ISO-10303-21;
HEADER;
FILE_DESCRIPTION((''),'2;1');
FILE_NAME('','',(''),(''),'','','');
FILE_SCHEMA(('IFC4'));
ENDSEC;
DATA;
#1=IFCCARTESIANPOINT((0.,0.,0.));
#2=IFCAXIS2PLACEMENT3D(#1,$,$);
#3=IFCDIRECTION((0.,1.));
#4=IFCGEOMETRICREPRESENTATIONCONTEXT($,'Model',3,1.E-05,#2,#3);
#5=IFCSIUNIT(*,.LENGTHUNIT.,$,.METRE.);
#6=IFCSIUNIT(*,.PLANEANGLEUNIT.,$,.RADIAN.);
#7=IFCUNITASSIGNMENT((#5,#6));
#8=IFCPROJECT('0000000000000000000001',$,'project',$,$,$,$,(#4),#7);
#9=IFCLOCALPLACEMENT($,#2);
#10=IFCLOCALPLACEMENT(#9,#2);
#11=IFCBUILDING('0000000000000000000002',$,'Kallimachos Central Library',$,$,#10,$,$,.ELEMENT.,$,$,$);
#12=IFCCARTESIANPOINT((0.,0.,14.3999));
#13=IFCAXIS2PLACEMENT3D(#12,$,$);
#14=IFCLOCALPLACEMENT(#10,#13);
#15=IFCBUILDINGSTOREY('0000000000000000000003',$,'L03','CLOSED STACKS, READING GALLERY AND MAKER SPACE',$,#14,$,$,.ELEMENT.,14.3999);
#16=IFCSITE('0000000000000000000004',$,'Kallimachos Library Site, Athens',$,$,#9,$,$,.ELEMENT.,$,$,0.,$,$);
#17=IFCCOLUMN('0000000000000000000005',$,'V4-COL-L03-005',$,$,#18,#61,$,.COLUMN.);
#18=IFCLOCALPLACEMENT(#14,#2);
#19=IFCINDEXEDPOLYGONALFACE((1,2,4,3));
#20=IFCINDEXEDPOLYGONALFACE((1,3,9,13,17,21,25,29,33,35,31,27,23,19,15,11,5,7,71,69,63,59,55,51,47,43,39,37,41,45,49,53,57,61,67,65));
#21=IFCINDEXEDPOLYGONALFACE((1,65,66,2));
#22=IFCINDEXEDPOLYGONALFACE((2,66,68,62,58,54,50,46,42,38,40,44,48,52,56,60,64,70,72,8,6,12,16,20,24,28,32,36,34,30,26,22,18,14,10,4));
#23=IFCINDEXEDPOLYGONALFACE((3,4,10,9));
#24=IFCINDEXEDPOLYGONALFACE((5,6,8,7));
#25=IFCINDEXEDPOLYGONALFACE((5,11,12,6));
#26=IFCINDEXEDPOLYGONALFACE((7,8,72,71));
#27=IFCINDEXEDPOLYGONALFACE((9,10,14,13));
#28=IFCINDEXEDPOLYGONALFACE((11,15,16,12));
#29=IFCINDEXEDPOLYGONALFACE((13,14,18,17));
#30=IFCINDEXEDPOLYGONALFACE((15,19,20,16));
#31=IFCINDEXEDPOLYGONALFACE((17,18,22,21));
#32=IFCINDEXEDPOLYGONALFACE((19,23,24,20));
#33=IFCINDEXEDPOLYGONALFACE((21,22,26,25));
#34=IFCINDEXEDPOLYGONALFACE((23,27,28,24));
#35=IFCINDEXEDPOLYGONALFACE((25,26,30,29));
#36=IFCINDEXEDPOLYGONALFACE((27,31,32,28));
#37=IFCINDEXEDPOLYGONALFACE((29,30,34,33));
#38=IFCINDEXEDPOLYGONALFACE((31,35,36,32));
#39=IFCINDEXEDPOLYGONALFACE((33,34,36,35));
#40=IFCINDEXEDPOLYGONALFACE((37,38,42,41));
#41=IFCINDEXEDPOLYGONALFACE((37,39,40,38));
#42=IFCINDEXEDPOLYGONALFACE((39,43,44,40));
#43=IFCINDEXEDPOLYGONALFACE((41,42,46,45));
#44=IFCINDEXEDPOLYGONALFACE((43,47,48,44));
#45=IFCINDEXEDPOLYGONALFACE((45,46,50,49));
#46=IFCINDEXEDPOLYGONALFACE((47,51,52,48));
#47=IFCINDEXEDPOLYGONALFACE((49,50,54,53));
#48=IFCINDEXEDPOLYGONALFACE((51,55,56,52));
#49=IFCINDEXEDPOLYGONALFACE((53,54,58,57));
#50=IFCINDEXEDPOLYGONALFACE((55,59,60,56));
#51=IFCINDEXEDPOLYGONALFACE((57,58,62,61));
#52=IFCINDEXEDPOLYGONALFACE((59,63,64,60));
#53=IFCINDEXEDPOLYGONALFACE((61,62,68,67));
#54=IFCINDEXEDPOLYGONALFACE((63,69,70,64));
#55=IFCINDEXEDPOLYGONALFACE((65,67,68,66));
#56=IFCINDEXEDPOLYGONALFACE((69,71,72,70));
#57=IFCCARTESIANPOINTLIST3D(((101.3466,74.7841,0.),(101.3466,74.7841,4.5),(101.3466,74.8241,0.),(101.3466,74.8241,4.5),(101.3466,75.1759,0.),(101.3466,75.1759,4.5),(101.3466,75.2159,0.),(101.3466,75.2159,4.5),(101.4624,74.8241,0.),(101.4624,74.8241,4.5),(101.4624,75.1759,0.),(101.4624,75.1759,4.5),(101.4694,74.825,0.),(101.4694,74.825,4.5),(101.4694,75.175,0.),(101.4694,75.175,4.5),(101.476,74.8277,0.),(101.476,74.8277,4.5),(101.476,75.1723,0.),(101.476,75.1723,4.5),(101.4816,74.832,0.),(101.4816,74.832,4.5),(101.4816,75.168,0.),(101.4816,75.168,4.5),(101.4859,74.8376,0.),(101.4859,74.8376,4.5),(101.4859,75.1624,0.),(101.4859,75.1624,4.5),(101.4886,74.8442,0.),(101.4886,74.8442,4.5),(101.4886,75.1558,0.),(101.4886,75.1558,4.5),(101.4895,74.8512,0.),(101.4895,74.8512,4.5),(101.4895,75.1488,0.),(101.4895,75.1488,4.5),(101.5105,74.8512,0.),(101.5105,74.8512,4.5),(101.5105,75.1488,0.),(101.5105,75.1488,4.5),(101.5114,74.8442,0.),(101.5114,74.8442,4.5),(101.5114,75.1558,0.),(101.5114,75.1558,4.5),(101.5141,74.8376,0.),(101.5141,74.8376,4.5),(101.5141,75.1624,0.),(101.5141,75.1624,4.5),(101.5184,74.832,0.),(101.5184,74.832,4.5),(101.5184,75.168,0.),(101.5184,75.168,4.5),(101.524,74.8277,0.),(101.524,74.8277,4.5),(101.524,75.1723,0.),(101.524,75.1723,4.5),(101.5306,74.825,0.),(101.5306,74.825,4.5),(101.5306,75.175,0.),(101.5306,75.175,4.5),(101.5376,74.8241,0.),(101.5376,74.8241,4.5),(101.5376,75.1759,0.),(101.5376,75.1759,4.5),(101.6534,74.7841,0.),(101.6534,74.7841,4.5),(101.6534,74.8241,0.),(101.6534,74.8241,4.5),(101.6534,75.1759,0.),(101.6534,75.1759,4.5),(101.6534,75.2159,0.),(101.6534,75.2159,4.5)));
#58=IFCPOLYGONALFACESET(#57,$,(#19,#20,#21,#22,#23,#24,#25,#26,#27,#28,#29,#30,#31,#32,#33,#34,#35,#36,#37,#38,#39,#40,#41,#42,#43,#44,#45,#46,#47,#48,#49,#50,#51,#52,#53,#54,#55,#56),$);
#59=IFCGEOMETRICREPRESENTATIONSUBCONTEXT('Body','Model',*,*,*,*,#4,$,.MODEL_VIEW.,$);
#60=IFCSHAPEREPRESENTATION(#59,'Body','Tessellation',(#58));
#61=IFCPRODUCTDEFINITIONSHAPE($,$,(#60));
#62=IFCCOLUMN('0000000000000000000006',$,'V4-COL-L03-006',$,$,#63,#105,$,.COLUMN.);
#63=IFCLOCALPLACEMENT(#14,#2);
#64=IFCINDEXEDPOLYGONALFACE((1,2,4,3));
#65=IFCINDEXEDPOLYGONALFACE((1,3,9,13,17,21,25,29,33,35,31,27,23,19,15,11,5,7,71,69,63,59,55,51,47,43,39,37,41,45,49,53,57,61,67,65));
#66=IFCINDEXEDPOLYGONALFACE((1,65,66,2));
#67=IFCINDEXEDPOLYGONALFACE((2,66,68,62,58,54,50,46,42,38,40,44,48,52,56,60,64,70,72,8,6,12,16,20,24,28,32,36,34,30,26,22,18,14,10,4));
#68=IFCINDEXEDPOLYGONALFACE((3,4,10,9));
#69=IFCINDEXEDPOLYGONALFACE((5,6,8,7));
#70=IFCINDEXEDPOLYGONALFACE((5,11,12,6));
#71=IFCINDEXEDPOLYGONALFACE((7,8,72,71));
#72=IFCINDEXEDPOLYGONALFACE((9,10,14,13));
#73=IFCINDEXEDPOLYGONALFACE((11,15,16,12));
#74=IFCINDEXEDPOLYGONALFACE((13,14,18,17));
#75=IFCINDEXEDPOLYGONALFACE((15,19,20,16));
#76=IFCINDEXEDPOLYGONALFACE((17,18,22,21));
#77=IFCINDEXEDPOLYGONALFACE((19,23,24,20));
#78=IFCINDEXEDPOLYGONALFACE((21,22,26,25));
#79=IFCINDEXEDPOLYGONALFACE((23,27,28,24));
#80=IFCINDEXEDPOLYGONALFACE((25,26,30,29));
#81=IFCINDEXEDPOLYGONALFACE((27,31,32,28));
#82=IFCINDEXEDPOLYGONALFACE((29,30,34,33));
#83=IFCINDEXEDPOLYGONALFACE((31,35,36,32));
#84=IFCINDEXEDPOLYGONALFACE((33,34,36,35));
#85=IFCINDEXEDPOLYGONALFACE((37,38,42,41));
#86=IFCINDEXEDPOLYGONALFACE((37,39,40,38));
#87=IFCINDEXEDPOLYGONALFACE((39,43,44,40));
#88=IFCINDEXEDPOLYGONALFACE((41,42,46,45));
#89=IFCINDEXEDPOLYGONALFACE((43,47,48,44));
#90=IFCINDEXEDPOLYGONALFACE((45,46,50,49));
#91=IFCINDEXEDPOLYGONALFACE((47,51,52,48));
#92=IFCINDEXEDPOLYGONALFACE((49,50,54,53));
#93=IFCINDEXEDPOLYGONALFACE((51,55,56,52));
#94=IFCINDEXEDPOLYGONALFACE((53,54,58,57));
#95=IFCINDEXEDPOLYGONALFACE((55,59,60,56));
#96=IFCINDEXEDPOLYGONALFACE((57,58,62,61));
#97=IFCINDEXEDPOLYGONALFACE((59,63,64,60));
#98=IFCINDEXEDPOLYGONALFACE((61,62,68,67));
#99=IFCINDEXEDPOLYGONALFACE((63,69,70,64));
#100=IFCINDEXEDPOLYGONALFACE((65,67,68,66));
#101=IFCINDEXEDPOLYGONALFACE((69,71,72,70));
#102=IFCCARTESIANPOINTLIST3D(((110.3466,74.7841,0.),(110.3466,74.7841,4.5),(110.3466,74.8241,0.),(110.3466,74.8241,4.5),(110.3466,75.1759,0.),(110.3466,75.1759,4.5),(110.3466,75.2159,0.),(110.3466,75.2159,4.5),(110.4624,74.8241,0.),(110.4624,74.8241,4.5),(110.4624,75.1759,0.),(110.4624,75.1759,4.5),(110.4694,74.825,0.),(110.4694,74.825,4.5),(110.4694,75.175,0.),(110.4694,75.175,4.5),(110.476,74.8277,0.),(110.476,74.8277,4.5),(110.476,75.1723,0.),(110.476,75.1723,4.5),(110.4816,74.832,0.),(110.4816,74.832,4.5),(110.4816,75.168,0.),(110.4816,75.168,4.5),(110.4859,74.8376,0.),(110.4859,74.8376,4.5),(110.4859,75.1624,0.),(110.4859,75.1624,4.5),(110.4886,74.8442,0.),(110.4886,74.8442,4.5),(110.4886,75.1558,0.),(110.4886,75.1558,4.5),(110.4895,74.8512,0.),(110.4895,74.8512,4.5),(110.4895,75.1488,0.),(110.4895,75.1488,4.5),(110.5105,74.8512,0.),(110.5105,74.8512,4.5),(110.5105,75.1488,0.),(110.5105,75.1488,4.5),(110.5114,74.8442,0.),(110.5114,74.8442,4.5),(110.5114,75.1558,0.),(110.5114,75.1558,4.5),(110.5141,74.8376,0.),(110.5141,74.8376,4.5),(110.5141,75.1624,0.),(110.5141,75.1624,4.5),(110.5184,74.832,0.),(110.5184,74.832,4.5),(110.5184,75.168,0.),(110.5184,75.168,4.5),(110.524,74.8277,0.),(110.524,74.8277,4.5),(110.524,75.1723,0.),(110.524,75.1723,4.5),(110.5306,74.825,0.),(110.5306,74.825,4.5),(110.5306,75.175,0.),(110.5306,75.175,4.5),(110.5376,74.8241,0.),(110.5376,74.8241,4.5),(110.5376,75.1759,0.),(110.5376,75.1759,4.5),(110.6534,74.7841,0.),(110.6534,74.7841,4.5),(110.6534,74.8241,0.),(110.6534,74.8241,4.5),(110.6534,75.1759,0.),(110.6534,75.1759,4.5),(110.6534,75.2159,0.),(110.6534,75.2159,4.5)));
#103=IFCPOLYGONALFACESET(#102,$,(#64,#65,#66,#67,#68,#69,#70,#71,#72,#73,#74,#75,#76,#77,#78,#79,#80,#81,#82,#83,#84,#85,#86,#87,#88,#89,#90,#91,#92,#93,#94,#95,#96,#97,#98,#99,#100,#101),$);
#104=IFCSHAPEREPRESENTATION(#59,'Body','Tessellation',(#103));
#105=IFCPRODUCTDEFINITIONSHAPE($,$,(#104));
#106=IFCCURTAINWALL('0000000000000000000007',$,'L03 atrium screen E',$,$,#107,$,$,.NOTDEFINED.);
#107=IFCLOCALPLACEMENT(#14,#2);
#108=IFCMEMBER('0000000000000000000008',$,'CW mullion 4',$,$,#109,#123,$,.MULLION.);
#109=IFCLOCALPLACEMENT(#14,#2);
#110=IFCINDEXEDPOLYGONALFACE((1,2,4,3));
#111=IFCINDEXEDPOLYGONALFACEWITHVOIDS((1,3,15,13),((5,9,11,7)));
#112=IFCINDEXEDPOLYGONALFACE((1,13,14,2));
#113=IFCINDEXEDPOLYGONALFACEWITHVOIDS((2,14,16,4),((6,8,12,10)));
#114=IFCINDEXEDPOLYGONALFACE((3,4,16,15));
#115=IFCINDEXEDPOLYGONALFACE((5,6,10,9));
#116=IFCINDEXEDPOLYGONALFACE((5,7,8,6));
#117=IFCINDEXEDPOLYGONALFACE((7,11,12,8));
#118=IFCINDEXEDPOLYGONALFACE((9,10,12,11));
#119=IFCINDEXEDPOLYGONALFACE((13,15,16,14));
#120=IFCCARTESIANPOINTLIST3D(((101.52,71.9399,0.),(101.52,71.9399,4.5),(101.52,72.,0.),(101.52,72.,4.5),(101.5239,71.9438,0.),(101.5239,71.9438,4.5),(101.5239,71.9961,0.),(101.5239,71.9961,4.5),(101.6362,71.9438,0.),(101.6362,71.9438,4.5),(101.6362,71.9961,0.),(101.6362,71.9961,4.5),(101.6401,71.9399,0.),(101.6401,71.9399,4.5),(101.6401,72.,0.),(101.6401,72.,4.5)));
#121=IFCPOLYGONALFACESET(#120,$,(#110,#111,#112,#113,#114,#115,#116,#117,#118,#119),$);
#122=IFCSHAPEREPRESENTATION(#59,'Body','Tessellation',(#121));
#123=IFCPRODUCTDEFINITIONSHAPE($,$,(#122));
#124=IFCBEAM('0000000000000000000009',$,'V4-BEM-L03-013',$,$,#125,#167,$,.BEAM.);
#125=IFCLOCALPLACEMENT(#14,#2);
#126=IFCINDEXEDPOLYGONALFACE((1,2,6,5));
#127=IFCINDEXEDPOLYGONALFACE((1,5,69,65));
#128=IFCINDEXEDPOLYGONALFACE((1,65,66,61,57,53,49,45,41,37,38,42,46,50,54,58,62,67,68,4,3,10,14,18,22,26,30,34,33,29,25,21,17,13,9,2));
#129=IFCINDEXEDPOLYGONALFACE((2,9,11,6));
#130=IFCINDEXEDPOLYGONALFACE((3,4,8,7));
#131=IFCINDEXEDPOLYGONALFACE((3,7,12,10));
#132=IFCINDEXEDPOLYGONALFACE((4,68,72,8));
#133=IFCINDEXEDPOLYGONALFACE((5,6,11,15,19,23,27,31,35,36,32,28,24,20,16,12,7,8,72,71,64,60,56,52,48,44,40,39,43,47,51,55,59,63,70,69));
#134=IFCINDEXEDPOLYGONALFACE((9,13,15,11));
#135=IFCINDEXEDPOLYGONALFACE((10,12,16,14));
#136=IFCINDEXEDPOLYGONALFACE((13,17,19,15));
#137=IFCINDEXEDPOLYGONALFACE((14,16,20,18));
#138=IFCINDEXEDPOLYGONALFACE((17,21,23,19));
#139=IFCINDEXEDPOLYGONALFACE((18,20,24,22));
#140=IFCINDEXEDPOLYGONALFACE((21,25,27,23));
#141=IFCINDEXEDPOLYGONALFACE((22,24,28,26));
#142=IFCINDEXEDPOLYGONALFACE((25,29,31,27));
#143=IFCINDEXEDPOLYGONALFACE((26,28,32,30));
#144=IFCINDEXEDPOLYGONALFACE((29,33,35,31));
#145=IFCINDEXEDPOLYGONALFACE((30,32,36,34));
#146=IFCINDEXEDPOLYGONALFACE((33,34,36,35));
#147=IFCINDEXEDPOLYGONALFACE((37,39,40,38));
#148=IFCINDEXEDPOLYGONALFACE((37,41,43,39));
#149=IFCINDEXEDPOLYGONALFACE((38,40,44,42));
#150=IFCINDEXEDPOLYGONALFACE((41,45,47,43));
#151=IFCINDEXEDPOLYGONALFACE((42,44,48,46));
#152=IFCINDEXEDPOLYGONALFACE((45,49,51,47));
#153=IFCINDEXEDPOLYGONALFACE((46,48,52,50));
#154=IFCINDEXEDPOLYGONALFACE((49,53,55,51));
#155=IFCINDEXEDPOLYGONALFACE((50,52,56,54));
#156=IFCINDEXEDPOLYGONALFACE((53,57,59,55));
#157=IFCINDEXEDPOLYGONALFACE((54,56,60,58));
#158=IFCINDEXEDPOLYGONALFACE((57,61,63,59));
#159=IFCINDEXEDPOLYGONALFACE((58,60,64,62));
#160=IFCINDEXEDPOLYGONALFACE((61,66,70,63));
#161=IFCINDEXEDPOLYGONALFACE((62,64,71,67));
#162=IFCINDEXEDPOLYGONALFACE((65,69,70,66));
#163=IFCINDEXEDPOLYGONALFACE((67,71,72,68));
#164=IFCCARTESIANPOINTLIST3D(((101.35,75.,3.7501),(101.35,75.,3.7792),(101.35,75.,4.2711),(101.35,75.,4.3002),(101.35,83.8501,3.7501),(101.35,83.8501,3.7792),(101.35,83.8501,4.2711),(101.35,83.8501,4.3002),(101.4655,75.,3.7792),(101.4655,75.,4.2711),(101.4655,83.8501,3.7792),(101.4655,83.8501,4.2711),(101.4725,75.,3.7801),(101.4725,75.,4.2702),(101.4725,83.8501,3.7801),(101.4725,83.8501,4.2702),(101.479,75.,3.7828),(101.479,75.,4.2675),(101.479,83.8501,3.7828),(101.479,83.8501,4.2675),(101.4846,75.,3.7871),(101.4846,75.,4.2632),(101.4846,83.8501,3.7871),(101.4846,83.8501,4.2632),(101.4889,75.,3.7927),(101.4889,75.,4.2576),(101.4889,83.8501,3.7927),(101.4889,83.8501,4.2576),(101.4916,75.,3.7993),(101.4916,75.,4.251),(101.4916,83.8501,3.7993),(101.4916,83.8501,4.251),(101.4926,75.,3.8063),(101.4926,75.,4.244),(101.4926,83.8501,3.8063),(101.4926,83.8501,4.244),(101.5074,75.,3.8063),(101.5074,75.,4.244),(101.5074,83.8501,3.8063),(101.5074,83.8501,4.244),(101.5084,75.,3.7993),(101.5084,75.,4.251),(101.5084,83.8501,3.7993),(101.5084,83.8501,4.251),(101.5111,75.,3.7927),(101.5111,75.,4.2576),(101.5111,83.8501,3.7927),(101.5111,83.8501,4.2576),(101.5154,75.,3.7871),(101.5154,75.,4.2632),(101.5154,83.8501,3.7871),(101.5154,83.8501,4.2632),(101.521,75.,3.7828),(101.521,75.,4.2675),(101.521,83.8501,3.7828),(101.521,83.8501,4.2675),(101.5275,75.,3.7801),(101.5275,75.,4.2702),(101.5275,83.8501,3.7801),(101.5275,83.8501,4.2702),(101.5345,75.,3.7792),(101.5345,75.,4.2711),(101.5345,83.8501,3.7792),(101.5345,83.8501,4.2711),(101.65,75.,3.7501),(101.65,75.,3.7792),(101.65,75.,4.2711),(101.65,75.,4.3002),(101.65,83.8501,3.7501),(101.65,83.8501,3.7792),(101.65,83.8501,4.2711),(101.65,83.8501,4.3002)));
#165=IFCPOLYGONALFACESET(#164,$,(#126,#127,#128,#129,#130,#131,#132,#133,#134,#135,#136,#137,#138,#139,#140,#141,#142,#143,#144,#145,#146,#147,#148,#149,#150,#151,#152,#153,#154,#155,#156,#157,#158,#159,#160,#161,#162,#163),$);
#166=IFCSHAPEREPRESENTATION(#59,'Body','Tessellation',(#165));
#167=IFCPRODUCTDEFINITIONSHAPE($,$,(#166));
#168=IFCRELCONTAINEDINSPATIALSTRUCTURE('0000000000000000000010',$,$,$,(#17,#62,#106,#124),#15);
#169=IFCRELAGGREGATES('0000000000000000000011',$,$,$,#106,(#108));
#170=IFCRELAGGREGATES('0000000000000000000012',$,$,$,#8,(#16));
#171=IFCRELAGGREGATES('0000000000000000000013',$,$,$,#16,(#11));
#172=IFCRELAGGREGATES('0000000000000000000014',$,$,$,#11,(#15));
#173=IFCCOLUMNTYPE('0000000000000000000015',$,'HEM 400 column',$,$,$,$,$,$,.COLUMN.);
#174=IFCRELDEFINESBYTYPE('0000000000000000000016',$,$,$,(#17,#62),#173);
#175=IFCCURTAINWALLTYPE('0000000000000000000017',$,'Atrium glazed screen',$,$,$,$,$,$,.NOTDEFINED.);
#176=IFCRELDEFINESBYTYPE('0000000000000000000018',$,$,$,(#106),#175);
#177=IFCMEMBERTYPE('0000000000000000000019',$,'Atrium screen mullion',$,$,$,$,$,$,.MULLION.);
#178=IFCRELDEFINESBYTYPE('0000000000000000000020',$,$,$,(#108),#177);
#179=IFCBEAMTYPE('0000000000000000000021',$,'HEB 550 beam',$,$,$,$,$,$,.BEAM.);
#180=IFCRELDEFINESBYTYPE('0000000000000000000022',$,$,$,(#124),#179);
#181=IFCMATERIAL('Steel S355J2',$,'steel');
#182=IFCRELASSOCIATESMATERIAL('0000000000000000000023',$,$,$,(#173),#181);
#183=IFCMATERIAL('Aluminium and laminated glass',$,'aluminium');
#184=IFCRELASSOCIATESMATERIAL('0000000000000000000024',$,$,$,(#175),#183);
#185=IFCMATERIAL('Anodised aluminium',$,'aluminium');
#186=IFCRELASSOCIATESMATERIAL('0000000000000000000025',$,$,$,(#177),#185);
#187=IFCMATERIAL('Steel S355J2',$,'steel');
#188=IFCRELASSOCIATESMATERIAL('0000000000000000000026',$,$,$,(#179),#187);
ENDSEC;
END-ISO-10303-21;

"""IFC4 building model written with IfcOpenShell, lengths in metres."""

from ifc_helpers import new_model, si_unit, direction, frame, origin, origin_2d, place, context, subcontext, project, spatial, hollow_rectangle, i_section, extrude, material, material_profile, profile_set, type_object, element, aggregate, save


model = new_model("IFC4")

# Units and contexts
model_context = context("Model", 3, precision=1e-05, world=origin(), true_north=direction((0.0, 1.0)))
body_context = subcontext(model_context, "Body", "Model", "MODEL_VIEW")
ifc_project = project(units=[si_unit("LENGTHUNIT", "METRE"), si_unit("PLANEANGLEUNIT", "RADIAN")], contexts=[model_context])

# Site, building, storey
site_placement = place(None, origin())
site = spatial("IfcSite", under=ifc_project, at=site_placement, Name="Kallimachos Library Site, Athens", CompositionType="ELEMENT", RefElevation=0.0)
building_placement = place(site_placement, origin())
building = spatial("IfcBuilding", under=site, at=building_placement, Name="Kallimachos Central Library", CompositionType="ELEMENT")
storey_placement = place(building_placement, frame((0.0, 0.0, 14.3999)))
storey = spatial("IfcBuildingStorey", under=building, at=storey_placement, Name="L03", Description="CLOSED STACKS, READING GALLERY AND MAKER SPACE", CompositionType="ELEMENT", Elevation=14.3999)

# Columns
ifc_material_1 = material(Name="Steel S355J2", Category="steel")
ifc_material_profile_1 = material_profile(ifc_material_1, i_section(OverallWidth=0.3069, OverallDepth=0.4319, WebThickness=0.021, FlangeThickness=0.04, FilletRadius=0.0271, at=origin_2d()), Name="HEM 400")
ifc_profile_set_1 = profile_set([ifc_material_profile_1], Name="Steel S355J2")
column_type = type_object("IfcColumnType", Name="HEM 400 column", PredefinedType="COLUMN", material=ifc_profile_set_1)
for number, where, z_axis, x_axis, name in (
    (1, (101.5, 75.0, 0.0), (0.0, 0.0, 1.0), (1.0, 0.0, 0.0), "V4-COL-L03-005"),
    (2, (110.5, 75.0, 0.0), (0.0, 0.0, 1.0), (1.0, 0.0, 0.0), "V4-COL-L03-006"),
):
    element("IfcColumn", number, at=place(storey_placement, frame(where, z_axis=z_axis, x_axis=x_axis)), inside=storey, type_object=column_type, Name=name, PredefinedType="COLUMN", context=body_context, shape_type="SweptSolid", body=[
        extrude(i_section(OverallWidth=0.3069, OverallDepth=0.4319, WebThickness=0.021, FlangeThickness=0.04, FilletRadius=0.0271, at=origin_2d()), origin(), (0.0, 0.0, 1.0), 4.5),
    ])

# Curtain wall, member
ifc_material_2 = material(Name="Aluminium and laminated glass", Category="aluminium")
curtain_wall_type_1 = type_object("IfcCurtainWallType", Name="Atrium glazed screen", PredefinedType="NOTDEFINED", material=ifc_material_2)
curtain_wall_1_placement = place(storey_placement, origin())
curtain_wall_1 = element("IfcCurtainWall", 3, at=curtain_wall_1_placement, inside=storey, type_object=curtain_wall_type_1, Name="L03 atrium screen E", PredefinedType="NOTDEFINED")
ifc_material_3 = material(Name="Anodised aluminium", Category="aluminium")
ifc_material_profile_2 = material_profile(ifc_material_3, hollow_rectangle(XDim=0.0601, YDim=0.1201, WallThickness=0.0039, at=origin_2d()), Name="ALU MULLION 60x120")
ifc_profile_set_2 = profile_set([ifc_material_profile_2], Name="Anodised aluminium")
member_type_1 = type_object("IfcMemberType", Name="Atrium screen mullion", PredefinedType="MULLION", material=ifc_profile_set_2)
member_1_placement = place(storey_placement, frame((101.5801, 71.97, 0.0), z_axis=(0.0, 0.0, 1.0), x_axis=(0.0, 1.0, 0.0)))
member_1 = element("IfcMember", 4, at=member_1_placement, type_object=member_type_1, Name="CW mullion 4", PredefinedType="MULLION", context=body_context, shape_type="SweptSolid", body=[
    extrude(hollow_rectangle(XDim=0.0601, YDim=0.1201, WallThickness=0.0039, at=origin_2d()), origin(), (0.0, 0.0, 1.0), 4.5),
])
aggregate(curtain_wall_1, [member_1])

# Beam
ifc_material_4 = material(Name="Steel S355J2", Category="steel")
ifc_material_profile_3 = material_profile(ifc_material_4, i_section(OverallWidth=0.3, OverallDepth=0.55, WebThickness=0.0149, FlangeThickness=0.0291, FilletRadius=0.0271, at=origin_2d()), Name="HEB 550")
ifc_profile_set_3 = profile_set([ifc_material_profile_3], Name="Steel S355J2")
beam_type = type_object("IfcBeamType", Name="HEB 550 beam", PredefinedType="BEAM", material=ifc_profile_set_3)
for number, where, z_axis, x_axis, name in (
    (5, (101.5, 75.0, 4.0251), (0.0, 1.0, 0.0), (-1.0, 0.0, 0.0), "V4-BEM-L03-013"),
):
    element("IfcBeam", number, at=place(storey_placement, frame(where, z_axis=z_axis, x_axis=x_axis)), inside=storey, type_object=beam_type, Name=name, PredefinedType="BEAM", context=body_context, shape_type="SweptSolid", body=[
        extrude(i_section(OverallWidth=0.3, OverallDepth=0.55, WebThickness=0.0149, FlangeThickness=0.0291, FilletRadius=0.0271, at=origin_2d()), origin(), (0.0, 0.0, 1.0), 8.8501),
    ])

save(model, "model.ifc")
